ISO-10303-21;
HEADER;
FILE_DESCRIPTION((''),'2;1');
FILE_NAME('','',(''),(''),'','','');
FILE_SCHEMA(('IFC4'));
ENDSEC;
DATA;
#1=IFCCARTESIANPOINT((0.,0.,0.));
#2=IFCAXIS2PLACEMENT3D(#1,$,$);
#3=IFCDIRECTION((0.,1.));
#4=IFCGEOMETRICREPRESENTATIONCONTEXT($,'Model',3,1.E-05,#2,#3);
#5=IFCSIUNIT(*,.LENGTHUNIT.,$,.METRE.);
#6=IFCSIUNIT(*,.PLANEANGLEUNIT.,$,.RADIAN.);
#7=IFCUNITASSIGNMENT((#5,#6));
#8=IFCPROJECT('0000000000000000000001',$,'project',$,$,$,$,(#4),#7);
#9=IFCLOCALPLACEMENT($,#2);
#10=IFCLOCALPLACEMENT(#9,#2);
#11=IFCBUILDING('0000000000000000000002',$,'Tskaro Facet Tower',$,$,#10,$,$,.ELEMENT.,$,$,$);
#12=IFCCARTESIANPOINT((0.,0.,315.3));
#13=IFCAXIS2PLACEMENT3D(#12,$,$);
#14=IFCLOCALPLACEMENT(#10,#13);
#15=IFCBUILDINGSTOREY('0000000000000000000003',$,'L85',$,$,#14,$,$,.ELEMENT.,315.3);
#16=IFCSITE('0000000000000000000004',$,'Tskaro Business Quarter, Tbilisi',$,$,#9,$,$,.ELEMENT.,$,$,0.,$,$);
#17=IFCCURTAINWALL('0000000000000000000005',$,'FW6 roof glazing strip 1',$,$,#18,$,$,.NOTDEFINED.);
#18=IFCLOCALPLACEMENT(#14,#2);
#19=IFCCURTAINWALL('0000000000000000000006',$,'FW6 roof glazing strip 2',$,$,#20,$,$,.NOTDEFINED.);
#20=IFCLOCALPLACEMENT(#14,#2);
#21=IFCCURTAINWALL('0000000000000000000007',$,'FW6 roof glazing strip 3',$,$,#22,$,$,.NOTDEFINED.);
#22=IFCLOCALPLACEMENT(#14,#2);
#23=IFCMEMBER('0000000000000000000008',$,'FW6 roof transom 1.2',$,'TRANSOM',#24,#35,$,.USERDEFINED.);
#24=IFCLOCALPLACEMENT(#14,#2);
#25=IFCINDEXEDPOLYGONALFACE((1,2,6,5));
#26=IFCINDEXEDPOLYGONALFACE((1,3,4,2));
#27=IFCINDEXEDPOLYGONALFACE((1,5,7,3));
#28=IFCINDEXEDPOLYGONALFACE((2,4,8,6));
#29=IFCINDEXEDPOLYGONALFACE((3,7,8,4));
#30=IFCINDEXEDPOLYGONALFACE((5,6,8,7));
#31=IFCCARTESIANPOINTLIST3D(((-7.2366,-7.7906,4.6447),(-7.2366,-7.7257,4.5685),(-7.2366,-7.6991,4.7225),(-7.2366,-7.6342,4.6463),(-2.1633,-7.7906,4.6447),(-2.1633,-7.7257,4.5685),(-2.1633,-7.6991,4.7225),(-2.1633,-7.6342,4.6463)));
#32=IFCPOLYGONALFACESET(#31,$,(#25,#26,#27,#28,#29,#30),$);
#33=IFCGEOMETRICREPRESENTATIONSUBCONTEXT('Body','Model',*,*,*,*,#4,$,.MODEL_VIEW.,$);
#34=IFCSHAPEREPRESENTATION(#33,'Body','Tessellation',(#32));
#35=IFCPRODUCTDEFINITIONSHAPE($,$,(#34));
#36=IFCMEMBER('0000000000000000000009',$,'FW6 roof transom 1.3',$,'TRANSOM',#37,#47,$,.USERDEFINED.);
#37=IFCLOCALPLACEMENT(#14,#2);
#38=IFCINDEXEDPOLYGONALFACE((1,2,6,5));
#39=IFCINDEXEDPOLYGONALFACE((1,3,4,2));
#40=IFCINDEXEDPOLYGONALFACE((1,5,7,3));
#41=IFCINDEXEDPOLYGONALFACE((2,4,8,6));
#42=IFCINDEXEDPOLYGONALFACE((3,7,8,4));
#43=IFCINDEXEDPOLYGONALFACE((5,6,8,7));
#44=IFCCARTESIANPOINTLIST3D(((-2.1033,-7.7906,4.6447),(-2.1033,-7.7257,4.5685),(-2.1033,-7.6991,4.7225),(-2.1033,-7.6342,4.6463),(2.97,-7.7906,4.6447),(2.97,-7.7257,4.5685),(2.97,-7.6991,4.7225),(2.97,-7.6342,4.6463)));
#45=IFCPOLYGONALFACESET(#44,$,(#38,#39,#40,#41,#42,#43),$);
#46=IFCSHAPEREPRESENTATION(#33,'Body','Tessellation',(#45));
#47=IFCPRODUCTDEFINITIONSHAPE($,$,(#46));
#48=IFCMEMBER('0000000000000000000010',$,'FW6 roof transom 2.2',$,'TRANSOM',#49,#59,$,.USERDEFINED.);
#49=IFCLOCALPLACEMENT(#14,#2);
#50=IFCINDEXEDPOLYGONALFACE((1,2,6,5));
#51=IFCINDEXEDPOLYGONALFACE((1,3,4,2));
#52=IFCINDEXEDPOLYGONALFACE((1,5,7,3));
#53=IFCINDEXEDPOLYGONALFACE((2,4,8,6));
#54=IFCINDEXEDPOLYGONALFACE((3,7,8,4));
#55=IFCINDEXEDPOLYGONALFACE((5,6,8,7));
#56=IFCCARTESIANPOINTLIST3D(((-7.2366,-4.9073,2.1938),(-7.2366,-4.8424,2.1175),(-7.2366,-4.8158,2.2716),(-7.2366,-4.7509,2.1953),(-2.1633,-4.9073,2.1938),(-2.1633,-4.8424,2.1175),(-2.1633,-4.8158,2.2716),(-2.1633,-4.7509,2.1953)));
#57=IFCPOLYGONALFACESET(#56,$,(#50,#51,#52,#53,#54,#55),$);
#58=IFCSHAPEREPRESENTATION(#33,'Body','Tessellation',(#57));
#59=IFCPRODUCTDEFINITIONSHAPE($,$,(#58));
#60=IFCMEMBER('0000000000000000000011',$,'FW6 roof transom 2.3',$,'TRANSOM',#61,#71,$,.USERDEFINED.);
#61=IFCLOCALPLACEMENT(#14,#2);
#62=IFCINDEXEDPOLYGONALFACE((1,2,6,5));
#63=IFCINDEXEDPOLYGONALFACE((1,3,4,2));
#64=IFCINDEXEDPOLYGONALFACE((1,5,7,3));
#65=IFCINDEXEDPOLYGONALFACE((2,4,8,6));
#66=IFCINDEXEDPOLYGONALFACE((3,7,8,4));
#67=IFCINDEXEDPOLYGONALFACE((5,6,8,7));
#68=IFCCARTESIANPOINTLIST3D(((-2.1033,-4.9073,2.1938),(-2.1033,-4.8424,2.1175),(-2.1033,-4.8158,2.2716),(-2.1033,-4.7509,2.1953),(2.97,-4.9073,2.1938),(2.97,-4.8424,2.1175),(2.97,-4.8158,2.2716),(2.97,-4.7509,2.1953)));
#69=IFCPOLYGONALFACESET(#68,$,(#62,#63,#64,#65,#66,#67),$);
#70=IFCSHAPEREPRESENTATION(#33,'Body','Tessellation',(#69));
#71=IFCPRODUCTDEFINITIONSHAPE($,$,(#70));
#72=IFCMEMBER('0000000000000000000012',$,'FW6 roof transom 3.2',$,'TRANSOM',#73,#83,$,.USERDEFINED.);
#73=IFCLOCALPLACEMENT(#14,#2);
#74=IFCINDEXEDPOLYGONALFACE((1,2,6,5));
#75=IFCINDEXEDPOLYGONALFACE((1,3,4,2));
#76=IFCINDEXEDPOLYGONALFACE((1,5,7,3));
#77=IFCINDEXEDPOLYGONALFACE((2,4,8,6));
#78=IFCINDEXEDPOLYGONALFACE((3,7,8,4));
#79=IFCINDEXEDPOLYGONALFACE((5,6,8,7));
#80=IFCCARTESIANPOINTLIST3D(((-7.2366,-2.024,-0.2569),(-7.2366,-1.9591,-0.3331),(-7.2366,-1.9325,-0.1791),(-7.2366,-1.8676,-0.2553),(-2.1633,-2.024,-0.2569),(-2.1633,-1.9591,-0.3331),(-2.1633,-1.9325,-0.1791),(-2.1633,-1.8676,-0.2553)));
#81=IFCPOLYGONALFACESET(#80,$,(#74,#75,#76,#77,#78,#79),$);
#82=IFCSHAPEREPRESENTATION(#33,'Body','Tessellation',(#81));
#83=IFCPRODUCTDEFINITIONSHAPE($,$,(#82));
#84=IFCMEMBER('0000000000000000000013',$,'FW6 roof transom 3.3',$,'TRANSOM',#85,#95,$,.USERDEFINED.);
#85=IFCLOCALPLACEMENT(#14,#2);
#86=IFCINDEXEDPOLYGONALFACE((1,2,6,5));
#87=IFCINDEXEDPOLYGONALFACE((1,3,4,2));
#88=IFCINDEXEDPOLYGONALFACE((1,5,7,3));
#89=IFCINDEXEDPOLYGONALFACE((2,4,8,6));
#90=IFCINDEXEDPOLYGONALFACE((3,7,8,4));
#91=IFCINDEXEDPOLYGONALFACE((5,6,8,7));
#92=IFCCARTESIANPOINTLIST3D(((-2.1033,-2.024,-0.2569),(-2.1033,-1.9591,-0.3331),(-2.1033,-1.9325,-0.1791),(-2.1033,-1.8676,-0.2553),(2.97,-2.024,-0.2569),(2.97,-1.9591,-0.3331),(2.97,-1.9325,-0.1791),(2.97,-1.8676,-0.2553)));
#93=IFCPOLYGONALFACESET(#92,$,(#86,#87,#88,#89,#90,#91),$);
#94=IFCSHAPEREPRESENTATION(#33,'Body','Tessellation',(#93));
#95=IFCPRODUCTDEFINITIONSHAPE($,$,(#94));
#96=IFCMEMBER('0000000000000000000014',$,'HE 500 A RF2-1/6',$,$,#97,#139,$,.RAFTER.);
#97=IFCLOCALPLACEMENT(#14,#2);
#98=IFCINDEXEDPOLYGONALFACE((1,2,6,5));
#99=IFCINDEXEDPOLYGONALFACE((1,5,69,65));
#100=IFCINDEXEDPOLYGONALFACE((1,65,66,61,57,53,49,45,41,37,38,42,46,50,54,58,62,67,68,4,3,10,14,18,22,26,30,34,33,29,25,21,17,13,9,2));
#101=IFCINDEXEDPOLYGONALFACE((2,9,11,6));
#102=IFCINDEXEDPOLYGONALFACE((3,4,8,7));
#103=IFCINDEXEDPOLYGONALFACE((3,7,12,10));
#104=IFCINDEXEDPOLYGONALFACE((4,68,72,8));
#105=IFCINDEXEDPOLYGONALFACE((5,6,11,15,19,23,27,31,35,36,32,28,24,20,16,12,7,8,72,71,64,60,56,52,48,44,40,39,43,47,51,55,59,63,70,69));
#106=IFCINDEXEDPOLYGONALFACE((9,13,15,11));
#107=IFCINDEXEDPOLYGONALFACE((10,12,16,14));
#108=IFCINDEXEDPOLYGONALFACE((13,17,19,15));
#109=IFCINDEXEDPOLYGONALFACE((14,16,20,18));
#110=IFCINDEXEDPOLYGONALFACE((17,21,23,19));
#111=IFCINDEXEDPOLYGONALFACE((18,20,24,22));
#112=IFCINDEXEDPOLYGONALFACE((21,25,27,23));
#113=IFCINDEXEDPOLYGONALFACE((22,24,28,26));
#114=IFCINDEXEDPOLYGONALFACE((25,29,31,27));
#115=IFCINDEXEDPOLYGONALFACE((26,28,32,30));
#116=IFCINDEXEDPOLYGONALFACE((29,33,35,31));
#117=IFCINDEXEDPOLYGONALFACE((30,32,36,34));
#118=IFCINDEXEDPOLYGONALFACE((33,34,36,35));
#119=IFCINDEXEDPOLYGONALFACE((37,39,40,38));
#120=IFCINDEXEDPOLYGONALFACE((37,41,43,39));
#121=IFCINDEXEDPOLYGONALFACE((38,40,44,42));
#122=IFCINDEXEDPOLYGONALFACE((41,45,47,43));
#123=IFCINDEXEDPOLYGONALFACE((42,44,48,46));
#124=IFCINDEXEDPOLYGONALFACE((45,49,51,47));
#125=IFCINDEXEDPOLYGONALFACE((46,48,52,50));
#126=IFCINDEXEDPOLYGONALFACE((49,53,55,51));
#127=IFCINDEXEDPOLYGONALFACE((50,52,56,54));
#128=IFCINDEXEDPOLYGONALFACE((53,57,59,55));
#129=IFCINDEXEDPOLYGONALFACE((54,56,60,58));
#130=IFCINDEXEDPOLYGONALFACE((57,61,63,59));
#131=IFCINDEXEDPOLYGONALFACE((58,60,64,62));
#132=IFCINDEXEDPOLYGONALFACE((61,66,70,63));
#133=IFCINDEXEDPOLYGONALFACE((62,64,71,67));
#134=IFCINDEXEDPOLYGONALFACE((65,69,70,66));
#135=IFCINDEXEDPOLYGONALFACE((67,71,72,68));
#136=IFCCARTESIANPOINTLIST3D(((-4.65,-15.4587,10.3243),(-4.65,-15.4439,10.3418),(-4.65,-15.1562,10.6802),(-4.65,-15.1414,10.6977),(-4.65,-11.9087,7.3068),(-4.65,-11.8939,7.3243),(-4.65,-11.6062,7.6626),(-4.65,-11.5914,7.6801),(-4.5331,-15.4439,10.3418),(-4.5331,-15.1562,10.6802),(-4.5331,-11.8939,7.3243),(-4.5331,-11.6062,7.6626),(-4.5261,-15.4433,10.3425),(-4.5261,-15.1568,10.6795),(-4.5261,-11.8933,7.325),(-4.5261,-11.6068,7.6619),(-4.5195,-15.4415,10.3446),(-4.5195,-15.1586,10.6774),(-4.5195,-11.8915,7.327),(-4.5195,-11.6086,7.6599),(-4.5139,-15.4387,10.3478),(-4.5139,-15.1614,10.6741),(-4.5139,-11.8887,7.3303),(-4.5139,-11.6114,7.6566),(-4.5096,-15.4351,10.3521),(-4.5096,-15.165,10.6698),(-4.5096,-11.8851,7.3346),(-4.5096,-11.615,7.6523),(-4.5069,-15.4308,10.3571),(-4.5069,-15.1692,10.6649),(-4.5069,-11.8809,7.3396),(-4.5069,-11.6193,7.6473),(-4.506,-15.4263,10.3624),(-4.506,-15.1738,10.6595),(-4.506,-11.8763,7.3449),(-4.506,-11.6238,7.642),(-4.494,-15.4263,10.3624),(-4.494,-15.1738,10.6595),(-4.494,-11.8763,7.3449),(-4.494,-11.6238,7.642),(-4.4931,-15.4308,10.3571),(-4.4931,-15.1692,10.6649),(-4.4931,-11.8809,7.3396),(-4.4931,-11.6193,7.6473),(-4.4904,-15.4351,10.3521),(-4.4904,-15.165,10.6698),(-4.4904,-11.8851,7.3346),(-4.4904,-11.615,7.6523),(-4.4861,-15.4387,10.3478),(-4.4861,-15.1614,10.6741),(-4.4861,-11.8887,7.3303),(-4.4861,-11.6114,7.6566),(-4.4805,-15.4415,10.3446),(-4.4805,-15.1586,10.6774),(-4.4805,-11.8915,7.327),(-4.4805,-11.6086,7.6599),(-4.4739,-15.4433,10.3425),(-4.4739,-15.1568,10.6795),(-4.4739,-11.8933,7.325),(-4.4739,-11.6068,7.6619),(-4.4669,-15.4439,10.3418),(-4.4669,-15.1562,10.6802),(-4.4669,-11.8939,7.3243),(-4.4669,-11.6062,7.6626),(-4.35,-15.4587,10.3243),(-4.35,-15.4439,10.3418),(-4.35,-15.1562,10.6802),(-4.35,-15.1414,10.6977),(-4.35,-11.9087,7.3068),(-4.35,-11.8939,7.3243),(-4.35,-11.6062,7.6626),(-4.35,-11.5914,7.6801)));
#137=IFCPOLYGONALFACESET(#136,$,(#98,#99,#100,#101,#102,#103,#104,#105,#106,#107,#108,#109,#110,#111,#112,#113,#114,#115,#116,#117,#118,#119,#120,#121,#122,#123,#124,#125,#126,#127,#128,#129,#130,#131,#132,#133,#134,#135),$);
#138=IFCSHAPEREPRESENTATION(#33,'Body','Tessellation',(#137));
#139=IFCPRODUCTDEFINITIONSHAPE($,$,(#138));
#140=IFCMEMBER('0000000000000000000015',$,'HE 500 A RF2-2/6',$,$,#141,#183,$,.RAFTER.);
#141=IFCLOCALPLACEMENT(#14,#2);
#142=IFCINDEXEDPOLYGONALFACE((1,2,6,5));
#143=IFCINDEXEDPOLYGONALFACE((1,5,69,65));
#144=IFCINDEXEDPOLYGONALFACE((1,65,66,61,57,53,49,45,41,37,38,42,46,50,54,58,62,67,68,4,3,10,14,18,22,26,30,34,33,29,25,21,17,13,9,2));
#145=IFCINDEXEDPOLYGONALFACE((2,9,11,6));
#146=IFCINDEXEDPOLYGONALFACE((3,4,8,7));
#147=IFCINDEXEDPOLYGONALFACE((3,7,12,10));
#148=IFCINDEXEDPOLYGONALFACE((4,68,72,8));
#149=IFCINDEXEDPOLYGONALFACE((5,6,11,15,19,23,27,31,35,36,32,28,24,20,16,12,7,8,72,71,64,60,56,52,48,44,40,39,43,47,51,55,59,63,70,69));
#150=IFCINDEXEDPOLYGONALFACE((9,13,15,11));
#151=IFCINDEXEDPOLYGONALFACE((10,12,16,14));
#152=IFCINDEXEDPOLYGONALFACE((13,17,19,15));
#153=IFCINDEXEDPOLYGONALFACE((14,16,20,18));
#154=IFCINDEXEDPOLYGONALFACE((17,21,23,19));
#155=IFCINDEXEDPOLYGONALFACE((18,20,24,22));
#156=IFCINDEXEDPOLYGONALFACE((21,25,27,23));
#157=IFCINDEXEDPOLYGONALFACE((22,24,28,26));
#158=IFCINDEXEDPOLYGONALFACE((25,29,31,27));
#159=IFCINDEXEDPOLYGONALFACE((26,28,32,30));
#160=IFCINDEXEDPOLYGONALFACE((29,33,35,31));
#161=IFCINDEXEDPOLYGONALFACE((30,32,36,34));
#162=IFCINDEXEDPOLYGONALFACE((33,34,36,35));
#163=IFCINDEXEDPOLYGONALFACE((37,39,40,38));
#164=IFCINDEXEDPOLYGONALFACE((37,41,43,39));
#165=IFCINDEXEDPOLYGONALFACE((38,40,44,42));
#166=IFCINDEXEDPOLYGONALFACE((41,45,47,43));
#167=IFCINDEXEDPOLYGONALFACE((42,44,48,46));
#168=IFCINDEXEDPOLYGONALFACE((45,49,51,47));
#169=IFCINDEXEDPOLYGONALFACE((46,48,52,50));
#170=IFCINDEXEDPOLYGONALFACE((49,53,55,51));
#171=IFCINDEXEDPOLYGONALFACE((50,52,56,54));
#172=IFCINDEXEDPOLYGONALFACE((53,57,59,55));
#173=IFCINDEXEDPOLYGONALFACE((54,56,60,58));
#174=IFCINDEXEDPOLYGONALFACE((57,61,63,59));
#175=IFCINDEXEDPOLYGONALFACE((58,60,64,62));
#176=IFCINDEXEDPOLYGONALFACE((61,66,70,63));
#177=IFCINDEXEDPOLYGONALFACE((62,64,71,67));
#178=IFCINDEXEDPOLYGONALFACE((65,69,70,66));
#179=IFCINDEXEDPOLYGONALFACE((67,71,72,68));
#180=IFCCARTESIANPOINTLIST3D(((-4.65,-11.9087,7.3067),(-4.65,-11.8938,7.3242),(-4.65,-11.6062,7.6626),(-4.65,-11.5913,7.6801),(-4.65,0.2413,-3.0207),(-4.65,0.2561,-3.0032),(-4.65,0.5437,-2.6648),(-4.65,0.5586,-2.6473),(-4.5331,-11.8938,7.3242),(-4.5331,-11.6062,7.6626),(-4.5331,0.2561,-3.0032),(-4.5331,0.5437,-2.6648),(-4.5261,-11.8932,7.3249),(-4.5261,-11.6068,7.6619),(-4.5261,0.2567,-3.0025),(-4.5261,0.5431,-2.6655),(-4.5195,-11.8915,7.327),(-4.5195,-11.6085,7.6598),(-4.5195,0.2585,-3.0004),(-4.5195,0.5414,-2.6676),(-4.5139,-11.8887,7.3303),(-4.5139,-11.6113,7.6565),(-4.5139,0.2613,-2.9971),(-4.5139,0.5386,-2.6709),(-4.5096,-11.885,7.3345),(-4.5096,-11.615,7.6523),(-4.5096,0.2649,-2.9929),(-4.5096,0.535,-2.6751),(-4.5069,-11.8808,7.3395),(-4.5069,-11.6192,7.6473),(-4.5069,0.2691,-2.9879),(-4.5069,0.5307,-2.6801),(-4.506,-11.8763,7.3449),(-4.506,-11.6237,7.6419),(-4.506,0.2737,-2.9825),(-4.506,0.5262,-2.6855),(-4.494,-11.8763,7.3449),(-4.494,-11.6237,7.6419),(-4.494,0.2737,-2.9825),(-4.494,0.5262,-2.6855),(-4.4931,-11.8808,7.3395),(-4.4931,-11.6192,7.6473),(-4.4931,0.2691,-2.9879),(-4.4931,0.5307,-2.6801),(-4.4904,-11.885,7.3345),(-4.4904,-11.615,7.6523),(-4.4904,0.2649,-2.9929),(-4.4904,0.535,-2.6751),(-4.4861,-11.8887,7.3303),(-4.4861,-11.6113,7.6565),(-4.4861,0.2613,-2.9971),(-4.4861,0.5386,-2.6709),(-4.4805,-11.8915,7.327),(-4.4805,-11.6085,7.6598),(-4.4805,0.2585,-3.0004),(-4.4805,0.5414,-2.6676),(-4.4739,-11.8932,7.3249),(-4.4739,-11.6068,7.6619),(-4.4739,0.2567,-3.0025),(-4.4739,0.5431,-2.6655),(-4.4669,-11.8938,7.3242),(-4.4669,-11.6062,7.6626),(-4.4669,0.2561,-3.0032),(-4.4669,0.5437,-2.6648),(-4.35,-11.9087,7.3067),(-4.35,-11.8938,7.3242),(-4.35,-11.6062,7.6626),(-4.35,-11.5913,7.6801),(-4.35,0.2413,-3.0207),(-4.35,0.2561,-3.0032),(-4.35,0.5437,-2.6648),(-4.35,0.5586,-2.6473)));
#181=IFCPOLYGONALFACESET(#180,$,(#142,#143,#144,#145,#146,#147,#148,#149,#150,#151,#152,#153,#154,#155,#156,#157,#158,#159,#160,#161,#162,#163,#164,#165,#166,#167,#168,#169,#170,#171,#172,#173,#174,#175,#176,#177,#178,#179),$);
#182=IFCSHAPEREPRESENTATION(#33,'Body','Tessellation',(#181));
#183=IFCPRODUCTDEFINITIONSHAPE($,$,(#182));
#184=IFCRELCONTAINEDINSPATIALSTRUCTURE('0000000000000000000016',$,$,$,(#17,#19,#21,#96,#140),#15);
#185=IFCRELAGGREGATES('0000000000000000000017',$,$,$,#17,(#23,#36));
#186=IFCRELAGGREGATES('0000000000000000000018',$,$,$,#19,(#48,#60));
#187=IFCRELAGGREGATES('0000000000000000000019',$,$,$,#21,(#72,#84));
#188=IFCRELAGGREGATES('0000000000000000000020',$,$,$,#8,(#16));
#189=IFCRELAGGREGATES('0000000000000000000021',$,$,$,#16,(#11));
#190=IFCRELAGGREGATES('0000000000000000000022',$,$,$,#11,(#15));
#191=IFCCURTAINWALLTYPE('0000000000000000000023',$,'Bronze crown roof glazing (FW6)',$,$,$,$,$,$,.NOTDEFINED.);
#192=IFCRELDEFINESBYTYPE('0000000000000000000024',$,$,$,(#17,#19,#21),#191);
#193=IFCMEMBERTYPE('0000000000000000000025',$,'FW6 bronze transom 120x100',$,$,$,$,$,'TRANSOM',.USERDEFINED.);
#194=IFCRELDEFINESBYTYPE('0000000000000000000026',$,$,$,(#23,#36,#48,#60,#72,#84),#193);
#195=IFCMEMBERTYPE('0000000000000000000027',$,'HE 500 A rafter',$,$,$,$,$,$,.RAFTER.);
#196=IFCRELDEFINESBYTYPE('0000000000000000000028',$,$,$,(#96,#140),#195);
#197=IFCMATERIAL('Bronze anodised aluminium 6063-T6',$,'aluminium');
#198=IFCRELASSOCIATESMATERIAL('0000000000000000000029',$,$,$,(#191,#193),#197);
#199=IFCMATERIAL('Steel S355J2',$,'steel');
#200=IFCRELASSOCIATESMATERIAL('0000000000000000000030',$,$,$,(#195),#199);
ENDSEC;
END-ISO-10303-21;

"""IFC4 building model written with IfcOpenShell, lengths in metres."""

from ifc_helpers import new_model, si_unit, direction, frame, origin, origin_2d, place, context, subcontext, project, spatial, rectangle, i_section, extrude, material, material_profile, profile_set, type_object, element, aggregate, save


model = new_model("IFC4")

# Units and contexts
model_context = context("Model", 3, precision=1e-05, world=origin(), true_north=direction((0.0, 1.0)))
body_context = subcontext(model_context, "Body", "Model", "MODEL_VIEW")
ifc_project = project(units=[si_unit("LENGTHUNIT", "METRE"), si_unit("PLANEANGLEUNIT", "RADIAN")], contexts=[model_context])

# Site, building, storey
site_placement = place(None, origin())
site = spatial("IfcSite", under=ifc_project, at=site_placement, Name="Tskaro Business Quarter, Tbilisi", CompositionType="ELEMENT", RefElevation=0.0)
building_placement = place(site_placement, origin())
building = spatial("IfcBuilding", under=site, at=building_placement, Name="Tskaro Facet Tower", CompositionType="ELEMENT")
storey_placement = place(building_placement, frame((0.0, 0.0, 315.3)))
storey = spatial("IfcBuildingStorey", under=building, at=storey_placement, Name="L85", CompositionType="ELEMENT", Elevation=315.3)

# Curtain walls
ifc_material_1 = material(Name="Bronze anodised aluminium 6063-T6", Category="aluminium")
curtain_wall_type_1 = type_object("IfcCurtainWallType", Name="Bronze crown roof glazing (FW6)", PredefinedType="NOTDEFINED", material=ifc_material_1)
curtain_wall_1_placement = place(storey_placement, origin())
curtain_wall_1 = element("IfcCurtainWall", 1, at=curtain_wall_1_placement, inside=storey, type_object=curtain_wall_type_1, Name="FW6 roof glazing strip 1", PredefinedType="NOTDEFINED")
curtain_wall_2_placement = place(storey_placement, origin())
curtain_wall_2 = element("IfcCurtainWall", 2, at=curtain_wall_2_placement, inside=storey, type_object=curtain_wall_type_1, Name="FW6 roof glazing strip 2", PredefinedType="NOTDEFINED")
curtain_wall_3_placement = place(storey_placement, origin())
curtain_wall_3 = element("IfcCurtainWall", 3, at=curtain_wall_3_placement, inside=storey, type_object=curtain_wall_type_1, Name="FW6 roof glazing strip 3", PredefinedType="NOTDEFINED")

# Members
ifc_material_profile_1 = material_profile(ifc_material_1, rectangle(XDim=0.1201, YDim=0.1001, at=origin_2d()), Name="Transom 120x100")
ifc_profile_set_1 = profile_set([ifc_material_profile_1], Name="Bronze anodised aluminium 6063-T6")
member_type_1 = type_object("IfcMemberType", Name="FW6 bronze transom 120x100", ElementType="TRANSOM", PredefinedType="USERDEFINED", material=ifc_profile_set_1)
member_1_placement = place(storey_placement, frame((-7.2366, -7.7124, 4.6455), z_axis=(1.0, 0.0, 0.0), x_axis=(0.0, 0.761939, 0.647648)))
member_1 = element("IfcMember", 4, at=member_1_placement, type_object=member_type_1, Name="FW6 roof transom 1.2", ObjectType="TRANSOM", PredefinedType="USERDEFINED", context=body_context, shape_type="SweptSolid", body=[
    extrude(rectangle(XDim=0.1201, YDim=0.1001, at=origin_2d()), origin(), (0.0, 0.0, 1.0), 5.0732),
])
member_2_placement = place(storey_placement, frame((-2.1033, -7.7124, 4.6455), z_axis=(1.0, 0.0, 0.0), x_axis=(0.0, 0.761939, 0.647648)))
member_2 = element("IfcMember", 5, at=member_2_placement, type_object=member_type_1, Name="FW6 roof transom 1.3", ObjectType="TRANSOM", PredefinedType="USERDEFINED", context=body_context, shape_type="SweptSolid", body=[
    extrude(rectangle(XDim=0.1201, YDim=0.1001, at=origin_2d()), origin(), (0.0, 0.0, 1.0), 5.0732),
])
member_3_placement = place(storey_placement, frame((-7.2366, -4.8291, 2.1946), z_axis=(1.0, 0.0, 0.0), x_axis=(0.0, 0.761939, 0.647648)))
member_3 = element("IfcMember", 6, at=member_3_placement, type_object=member_type_1, Name="FW6 roof transom 2.2", ObjectType="TRANSOM", PredefinedType="USERDEFINED", context=body_context, shape_type="SweptSolid", body=[
    extrude(rectangle(XDim=0.1201, YDim=0.1001, at=origin_2d()), origin(), (0.0, 0.0, 1.0), 5.0732),
])
member_4_placement = place(storey_placement, frame((-2.1033, -4.8291, 2.1946), z_axis=(1.0, 0.0, 0.0), x_axis=(0.0, 0.761939, 0.647648)))
member_4 = element("IfcMember", 7, at=member_4_placement, type_object=member_type_1, Name="FW6 roof transom 2.3", ObjectType="TRANSOM", PredefinedType="USERDEFINED", context=body_context, shape_type="SweptSolid", body=[
    extrude(rectangle(XDim=0.1201, YDim=0.1001, at=origin_2d()), origin(), (0.0, 0.0, 1.0), 5.0732),
])
member_5_placement = place(storey_placement, frame((-7.2366, -1.9458, -0.2561), z_axis=(1.0, 0.0, 0.0), x_axis=(0.0, 0.761939, 0.647648)))
member_5 = element("IfcMember", 8, at=member_5_placement, type_object=member_type_1, Name="FW6 roof transom 3.2", ObjectType="TRANSOM", PredefinedType="USERDEFINED", context=body_context, shape_type="SweptSolid", body=[
    extrude(rectangle(XDim=0.1201, YDim=0.1001, at=origin_2d()), origin(), (0.0, 0.0, 1.0), 5.0732),
])
member_6_placement = place(storey_placement, frame((-2.1033, -1.9458, -0.2561), z_axis=(1.0, 0.0, 0.0), x_axis=(0.0, 0.761939, 0.647648)))
member_6 = element("IfcMember", 9, at=member_6_placement, type_object=member_type_1, Name="FW6 roof transom 3.3", ObjectType="TRANSOM", PredefinedType="USERDEFINED", context=body_context, shape_type="SweptSolid", body=[
    extrude(rectangle(XDim=0.1201, YDim=0.1001, at=origin_2d()), origin(), (0.0, 0.0, 1.0), 5.0732),
])

# Members
ifc_material_2 = material(Name="Steel S355J2", Category="steel")
ifc_material_profile_2 = material_profile(ifc_material_2, i_section(OverallWidth=0.3, OverallDepth=0.49, WebThickness=0.012, FlangeThickness=0.0229, FilletRadius=0.0271, at=origin_2d()), Name="HE 500 A")
ifc_profile_set_2 = profile_set([ifc_material_profile_2], Name="Steel S355J2")
member_type_2 = type_object("IfcMemberType", Name="HE 500 A rafter", PredefinedType="RAFTER", material=ifc_profile_set_2)
member_7_placement = place(storey_placement, frame((-4.5, -15.3, 10.511), z_axis=(0.0, 0.761935, -0.647653), x_axis=(-1.0, 0.0, 0.0)))
element("IfcMember", 10, at=member_7_placement, inside=storey, type_object=member_type_2, Name="HE 500 A RF2-1/6", PredefinedType="RAFTER", context=body_context, shape_type="SweptSolid", body=[
    extrude(i_section(OverallWidth=0.3, OverallDepth=0.49, WebThickness=0.012, FlangeThickness=0.0229, FilletRadius=0.0271, at=origin_2d()), origin(), (0.0, 0.0, 1.0), 4.6592),
])
member_8_placement = place(storey_placement, frame((-4.5, -11.75, 7.4934), z_axis=(0.0, 0.76194, -0.647648), x_axis=(-1.0, 0.0, 0.0)))
element("IfcMember", 11, at=member_8_placement, inside=storey, type_object=member_type_2, Name="HE 500 A RF2-2/6", PredefinedType="RAFTER", context=body_context, shape_type="SweptSolid", body=[
    extrude(i_section(OverallWidth=0.3, OverallDepth=0.49, WebThickness=0.012, FlangeThickness=0.0229, FilletRadius=0.0271, at=origin_2d()), origin(), (0.0, 0.0, 1.0), 15.946),
])

aggregate(curtain_wall_1, [member_1, member_2])
aggregate(curtain_wall_2, [member_3, member_4])
aggregate(curtain_wall_3, [member_5, member_6])

save(model, "model.ifc")
